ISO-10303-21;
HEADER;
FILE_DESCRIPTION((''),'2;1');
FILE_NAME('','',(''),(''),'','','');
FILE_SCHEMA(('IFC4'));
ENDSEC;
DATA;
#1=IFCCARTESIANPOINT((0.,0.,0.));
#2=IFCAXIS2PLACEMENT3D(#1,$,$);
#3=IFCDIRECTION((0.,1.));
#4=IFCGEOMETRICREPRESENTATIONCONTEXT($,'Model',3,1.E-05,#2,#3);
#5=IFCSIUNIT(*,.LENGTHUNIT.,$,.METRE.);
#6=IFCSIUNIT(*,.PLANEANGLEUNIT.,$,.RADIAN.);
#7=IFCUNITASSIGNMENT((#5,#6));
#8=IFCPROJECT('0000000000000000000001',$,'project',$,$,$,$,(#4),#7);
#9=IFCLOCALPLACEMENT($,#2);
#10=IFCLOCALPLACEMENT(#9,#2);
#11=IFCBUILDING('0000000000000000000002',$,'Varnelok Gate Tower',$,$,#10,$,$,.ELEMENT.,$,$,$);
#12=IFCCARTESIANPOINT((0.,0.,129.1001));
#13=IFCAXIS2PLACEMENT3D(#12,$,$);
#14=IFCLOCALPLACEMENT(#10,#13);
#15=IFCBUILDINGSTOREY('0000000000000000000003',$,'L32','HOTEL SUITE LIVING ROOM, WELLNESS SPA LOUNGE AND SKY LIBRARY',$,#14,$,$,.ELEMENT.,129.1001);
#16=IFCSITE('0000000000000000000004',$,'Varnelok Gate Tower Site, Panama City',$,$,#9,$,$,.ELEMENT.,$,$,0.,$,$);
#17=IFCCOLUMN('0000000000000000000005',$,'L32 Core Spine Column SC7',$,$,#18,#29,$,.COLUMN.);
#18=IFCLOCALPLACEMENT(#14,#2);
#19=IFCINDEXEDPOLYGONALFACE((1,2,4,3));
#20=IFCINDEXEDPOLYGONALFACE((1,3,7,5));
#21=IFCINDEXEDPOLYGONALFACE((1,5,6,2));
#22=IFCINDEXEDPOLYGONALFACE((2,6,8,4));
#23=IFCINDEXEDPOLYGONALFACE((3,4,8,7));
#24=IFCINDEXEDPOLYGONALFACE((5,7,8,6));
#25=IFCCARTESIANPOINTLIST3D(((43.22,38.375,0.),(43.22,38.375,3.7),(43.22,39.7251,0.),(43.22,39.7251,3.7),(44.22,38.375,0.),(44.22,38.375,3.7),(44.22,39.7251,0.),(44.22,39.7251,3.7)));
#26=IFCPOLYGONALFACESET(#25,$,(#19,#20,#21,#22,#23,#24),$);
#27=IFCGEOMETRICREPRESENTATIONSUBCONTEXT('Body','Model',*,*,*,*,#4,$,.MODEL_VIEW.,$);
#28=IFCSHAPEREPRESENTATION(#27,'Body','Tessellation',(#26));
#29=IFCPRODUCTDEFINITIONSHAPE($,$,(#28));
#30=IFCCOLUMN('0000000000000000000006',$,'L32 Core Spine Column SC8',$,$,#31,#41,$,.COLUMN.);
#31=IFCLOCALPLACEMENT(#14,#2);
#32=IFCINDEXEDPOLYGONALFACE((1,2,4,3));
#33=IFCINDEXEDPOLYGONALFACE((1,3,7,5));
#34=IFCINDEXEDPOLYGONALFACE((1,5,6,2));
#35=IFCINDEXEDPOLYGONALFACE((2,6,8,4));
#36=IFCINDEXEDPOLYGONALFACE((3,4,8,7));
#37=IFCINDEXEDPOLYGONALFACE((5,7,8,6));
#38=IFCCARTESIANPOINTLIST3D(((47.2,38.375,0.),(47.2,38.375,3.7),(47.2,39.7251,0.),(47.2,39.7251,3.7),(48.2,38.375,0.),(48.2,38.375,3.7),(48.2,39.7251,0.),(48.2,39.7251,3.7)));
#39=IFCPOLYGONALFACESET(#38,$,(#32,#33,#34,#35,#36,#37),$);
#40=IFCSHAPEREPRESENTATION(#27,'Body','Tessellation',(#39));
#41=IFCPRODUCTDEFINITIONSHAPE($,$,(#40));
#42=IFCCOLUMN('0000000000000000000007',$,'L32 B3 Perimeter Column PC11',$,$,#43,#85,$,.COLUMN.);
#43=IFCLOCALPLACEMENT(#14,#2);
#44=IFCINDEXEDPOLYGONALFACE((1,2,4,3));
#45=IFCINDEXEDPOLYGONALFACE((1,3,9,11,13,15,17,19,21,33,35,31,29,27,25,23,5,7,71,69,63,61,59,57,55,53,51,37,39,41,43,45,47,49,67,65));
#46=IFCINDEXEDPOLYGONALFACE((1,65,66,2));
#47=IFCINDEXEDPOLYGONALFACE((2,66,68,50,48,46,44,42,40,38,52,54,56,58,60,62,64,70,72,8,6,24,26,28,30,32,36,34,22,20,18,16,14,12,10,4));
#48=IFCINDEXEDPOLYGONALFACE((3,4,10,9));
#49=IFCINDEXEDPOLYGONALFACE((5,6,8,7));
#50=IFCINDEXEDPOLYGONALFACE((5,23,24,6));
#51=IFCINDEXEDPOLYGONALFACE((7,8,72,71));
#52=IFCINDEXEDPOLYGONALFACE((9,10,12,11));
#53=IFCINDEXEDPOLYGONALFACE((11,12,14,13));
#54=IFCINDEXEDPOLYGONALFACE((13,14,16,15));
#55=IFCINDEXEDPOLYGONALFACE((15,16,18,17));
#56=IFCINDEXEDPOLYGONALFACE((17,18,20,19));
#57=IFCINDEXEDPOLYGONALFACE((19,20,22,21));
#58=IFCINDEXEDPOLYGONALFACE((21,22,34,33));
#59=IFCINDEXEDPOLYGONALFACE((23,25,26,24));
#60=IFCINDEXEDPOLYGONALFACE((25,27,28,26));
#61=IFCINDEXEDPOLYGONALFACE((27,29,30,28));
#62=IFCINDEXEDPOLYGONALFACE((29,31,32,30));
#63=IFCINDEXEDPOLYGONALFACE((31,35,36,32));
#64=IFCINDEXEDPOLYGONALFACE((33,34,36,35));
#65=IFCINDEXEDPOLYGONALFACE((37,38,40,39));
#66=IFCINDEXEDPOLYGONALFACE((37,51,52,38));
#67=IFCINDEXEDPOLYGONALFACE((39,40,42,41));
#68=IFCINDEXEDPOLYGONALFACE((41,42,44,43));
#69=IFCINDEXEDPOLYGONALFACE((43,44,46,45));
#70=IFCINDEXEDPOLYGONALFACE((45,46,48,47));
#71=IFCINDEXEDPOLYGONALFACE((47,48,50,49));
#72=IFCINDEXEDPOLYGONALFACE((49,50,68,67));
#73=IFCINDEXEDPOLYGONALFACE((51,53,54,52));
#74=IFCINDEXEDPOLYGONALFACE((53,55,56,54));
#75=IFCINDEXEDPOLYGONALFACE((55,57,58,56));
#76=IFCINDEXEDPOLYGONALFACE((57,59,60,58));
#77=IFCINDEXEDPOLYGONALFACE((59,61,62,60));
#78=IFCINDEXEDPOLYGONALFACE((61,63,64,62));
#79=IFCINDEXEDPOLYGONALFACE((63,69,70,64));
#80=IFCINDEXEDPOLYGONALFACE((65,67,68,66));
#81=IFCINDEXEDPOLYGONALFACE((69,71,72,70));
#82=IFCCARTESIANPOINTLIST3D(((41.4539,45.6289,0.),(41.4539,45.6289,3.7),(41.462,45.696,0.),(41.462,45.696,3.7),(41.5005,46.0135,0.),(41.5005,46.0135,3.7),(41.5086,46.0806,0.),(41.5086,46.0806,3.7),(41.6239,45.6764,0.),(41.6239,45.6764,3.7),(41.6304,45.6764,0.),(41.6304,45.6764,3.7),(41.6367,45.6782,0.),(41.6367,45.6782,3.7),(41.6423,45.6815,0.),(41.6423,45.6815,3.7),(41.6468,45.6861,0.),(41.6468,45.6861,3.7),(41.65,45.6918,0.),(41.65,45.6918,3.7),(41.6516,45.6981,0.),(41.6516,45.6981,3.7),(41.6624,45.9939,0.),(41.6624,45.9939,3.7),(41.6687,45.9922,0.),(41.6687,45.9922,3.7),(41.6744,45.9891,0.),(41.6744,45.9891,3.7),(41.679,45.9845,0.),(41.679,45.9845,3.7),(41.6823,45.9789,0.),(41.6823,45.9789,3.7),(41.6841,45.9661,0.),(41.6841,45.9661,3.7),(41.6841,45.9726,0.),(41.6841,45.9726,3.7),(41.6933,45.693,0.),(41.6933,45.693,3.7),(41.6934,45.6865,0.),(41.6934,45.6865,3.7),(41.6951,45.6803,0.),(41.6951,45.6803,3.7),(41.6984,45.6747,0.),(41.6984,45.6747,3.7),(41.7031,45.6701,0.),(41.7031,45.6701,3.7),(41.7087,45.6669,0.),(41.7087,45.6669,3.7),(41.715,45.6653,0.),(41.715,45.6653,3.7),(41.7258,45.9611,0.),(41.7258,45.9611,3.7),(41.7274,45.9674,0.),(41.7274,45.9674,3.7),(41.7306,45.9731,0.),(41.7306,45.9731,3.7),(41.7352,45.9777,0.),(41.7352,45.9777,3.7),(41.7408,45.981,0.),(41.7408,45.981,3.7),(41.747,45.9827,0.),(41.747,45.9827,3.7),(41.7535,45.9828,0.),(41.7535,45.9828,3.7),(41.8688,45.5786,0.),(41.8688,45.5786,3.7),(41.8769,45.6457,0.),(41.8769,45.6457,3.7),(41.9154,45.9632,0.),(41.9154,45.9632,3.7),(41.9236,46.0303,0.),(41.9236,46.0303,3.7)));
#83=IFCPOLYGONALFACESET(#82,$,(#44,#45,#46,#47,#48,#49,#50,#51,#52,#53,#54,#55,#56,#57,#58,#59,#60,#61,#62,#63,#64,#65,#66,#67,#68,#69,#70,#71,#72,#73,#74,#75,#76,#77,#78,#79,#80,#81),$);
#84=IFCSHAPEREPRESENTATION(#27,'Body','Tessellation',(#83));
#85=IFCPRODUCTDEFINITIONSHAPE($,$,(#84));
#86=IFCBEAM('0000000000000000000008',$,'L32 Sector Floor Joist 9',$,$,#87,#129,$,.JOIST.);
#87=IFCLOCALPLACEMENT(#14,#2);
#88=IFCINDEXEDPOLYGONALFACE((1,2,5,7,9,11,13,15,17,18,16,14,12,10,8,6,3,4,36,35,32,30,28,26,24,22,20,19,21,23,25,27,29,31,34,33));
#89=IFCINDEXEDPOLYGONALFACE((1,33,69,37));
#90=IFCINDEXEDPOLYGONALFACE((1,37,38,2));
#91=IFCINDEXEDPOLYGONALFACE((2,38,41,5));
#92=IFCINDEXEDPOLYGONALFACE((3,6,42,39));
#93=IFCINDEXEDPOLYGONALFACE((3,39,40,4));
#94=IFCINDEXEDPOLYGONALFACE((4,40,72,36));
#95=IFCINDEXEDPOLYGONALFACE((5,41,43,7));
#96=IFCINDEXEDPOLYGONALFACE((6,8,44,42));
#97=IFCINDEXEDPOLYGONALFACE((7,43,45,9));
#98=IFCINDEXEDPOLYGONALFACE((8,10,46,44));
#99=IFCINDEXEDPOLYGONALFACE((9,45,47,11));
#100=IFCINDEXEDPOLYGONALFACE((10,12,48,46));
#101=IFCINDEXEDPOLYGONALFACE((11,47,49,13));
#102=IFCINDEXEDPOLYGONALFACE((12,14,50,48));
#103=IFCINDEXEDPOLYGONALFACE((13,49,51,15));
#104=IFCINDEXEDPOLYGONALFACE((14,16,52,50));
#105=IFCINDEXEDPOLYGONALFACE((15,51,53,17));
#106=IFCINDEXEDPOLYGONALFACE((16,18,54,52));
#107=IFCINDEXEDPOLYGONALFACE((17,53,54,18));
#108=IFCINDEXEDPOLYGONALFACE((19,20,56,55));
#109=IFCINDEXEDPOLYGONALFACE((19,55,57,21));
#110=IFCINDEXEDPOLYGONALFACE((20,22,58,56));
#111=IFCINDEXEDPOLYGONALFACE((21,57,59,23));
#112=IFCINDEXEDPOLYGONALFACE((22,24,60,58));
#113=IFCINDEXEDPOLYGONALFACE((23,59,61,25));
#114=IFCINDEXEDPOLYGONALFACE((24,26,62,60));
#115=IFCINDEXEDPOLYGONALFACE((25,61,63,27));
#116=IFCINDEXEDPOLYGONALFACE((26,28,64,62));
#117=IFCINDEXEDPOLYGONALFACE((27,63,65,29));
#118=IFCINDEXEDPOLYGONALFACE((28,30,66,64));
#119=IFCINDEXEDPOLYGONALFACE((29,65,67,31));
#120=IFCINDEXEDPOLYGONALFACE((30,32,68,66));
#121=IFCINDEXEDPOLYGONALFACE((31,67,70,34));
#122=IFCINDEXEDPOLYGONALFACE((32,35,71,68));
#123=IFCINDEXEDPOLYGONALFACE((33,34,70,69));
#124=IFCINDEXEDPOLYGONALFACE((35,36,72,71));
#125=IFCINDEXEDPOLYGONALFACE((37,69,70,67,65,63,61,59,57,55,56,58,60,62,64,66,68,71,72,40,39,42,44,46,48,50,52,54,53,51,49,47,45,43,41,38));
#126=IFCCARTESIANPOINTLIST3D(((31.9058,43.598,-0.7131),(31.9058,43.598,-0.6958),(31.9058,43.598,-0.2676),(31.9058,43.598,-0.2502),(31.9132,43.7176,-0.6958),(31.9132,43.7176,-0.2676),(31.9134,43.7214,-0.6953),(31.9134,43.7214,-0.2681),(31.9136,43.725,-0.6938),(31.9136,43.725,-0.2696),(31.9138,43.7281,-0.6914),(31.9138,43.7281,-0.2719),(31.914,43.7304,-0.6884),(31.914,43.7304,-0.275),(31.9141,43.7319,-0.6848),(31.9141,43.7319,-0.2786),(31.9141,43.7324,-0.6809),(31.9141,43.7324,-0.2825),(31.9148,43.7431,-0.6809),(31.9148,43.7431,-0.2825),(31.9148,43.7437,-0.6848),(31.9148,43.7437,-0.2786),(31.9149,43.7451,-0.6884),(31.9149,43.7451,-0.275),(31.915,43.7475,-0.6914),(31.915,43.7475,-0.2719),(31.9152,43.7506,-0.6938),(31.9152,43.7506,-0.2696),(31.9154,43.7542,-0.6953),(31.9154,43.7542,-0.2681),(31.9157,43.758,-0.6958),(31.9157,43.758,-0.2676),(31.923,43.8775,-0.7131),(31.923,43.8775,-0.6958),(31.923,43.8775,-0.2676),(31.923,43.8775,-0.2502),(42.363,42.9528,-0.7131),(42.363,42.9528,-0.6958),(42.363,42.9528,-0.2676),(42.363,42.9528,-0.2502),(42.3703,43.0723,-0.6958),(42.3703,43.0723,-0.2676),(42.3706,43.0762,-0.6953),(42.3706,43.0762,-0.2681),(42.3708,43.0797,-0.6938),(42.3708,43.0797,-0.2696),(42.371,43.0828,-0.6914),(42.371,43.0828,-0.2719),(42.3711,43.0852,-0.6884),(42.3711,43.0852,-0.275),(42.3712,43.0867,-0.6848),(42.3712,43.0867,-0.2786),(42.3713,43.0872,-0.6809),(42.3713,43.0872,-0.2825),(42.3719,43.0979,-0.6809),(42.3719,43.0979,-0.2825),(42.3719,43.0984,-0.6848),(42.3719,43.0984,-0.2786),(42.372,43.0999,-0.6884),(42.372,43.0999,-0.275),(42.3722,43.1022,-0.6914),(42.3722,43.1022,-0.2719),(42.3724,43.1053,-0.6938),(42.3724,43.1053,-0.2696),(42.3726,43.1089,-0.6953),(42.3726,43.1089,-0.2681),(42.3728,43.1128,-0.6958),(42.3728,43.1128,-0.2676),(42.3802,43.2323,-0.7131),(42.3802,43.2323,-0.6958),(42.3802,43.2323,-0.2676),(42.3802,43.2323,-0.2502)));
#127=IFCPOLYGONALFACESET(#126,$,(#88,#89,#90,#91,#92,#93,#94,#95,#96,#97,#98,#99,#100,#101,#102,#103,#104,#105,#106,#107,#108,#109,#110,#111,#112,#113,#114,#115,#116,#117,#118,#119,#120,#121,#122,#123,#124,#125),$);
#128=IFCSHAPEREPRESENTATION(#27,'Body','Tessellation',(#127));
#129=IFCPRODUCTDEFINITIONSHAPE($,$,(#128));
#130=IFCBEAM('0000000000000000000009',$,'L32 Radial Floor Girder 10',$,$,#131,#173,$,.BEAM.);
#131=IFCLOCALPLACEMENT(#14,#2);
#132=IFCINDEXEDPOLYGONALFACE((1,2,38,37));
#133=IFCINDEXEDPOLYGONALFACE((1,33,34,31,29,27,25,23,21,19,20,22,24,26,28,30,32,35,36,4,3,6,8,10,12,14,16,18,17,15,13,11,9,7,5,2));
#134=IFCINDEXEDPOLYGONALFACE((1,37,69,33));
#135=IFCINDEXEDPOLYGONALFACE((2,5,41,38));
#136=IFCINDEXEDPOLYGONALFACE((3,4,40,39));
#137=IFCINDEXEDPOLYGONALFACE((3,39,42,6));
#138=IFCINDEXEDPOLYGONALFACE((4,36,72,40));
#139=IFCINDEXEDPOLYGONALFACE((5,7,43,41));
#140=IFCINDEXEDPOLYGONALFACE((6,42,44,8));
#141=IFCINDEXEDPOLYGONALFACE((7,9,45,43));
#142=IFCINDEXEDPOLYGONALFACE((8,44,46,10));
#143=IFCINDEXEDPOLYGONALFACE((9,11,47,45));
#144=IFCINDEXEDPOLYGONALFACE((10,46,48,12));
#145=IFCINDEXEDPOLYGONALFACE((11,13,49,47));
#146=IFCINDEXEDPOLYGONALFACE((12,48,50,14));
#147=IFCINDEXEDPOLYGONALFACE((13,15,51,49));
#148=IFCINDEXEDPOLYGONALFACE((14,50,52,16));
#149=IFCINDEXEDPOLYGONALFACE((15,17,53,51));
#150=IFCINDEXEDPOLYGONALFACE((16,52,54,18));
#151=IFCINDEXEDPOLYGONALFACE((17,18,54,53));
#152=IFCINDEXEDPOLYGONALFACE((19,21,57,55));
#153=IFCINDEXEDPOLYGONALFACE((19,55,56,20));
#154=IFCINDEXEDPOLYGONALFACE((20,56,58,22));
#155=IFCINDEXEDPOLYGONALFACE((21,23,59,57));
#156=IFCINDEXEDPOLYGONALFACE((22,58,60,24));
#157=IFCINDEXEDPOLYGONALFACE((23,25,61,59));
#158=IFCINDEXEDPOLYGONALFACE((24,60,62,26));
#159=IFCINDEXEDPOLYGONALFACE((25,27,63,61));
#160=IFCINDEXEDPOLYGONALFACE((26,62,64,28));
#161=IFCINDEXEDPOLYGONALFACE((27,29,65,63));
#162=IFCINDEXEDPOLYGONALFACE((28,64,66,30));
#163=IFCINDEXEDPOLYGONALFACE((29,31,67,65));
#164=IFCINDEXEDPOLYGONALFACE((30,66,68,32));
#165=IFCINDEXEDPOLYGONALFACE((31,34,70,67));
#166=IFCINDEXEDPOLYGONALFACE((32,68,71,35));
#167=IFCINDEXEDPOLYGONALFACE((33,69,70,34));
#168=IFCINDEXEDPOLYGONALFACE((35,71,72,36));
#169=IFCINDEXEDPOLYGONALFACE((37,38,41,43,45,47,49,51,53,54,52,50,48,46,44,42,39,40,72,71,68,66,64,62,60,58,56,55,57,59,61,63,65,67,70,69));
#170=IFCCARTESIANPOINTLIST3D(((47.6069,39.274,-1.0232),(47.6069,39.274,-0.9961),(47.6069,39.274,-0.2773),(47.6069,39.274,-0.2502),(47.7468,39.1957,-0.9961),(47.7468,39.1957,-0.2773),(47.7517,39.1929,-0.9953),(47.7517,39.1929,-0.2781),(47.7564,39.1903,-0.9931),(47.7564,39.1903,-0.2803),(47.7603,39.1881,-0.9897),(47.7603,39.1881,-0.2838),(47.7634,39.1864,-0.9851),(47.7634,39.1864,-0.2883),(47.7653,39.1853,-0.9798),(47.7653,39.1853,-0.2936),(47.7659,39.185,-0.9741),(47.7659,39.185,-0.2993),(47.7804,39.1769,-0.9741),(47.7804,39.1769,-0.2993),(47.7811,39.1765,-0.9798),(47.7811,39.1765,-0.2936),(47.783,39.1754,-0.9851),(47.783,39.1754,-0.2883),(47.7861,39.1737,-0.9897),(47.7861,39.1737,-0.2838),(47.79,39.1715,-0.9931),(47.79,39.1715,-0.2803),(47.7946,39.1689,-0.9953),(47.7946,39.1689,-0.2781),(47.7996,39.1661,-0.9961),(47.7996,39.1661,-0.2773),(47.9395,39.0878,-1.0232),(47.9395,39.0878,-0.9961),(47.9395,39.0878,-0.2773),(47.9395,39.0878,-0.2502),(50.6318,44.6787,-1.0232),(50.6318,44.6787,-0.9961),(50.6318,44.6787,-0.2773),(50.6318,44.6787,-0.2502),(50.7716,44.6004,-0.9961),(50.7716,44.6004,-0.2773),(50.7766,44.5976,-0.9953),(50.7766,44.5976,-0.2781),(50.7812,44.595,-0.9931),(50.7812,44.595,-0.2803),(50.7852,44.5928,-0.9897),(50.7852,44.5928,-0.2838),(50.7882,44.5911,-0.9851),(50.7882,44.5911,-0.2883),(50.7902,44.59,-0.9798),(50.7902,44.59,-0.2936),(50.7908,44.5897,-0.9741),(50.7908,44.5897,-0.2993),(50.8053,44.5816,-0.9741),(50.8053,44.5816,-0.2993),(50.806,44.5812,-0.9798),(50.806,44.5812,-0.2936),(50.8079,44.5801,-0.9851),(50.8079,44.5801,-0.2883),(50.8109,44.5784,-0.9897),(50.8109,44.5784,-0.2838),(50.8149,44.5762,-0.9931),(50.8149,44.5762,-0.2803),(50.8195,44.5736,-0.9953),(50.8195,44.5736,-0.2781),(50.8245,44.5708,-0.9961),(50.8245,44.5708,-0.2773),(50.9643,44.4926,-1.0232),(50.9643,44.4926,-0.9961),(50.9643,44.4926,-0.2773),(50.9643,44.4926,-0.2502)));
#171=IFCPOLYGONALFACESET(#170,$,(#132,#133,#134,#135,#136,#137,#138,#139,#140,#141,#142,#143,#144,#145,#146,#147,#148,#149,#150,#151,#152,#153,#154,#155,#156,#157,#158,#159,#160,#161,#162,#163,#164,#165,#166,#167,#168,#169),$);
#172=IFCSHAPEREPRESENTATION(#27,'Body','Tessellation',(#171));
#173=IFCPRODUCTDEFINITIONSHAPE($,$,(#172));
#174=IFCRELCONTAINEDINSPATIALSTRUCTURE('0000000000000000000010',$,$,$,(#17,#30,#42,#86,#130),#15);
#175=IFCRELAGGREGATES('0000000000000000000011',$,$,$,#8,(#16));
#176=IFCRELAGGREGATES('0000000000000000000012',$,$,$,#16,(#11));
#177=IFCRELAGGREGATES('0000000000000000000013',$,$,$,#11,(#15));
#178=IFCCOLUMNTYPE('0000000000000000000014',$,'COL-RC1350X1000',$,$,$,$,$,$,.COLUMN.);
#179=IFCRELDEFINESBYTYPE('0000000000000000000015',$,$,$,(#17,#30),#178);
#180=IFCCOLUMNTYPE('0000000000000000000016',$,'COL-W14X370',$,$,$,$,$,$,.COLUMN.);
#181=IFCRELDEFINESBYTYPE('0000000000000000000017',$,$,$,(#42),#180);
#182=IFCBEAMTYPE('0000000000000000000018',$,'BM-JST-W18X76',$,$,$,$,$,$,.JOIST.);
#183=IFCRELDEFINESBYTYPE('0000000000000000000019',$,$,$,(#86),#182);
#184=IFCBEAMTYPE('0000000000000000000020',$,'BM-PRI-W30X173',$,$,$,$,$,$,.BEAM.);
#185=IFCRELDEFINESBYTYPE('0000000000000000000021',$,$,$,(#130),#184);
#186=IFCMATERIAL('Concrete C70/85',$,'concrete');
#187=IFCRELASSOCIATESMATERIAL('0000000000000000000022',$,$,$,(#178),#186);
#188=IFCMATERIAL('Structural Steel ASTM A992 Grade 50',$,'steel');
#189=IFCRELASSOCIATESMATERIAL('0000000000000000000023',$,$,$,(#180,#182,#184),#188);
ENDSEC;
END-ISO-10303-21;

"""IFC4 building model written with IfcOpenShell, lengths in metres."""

from ifc_helpers import new_model, si_unit, direction, frame, origin, origin_2d, place, context, subcontext, project, spatial, rectangle, i_section, extrude, material, material_profile, profile_set, type_object, element, save


model = new_model("IFC4")

# Units and contexts
model_context = context("Model", 3, precision=1e-05, world=origin(), true_north=direction((0.0, 1.0)))
body_context = subcontext(model_context, "Body", "Model", "MODEL_VIEW")
ifc_project = project(units=[si_unit("LENGTHUNIT", "METRE"), si_unit("PLANEANGLEUNIT", "RADIAN")], contexts=[model_context])

# Site, building, storey
site_placement = place(None, origin())
site = spatial("IfcSite", under=ifc_project, at=site_placement, Name="Varnelok Gate Tower Site, Panama City", CompositionType="ELEMENT", RefElevation=0.0)
building_placement = place(site_placement, origin())
building = spatial("IfcBuilding", under=site, at=building_placement, Name="Varnelok Gate Tower", CompositionType="ELEMENT")
storey_placement = place(building_placement, frame((0.0, 0.0, 129.1001)))
storey = spatial("IfcBuildingStorey", under=building, at=storey_placement, Name="L32", Description="HOTEL SUITE LIVING ROOM, WELLNESS SPA LOUNGE AND SKY LIBRARY", CompositionType="ELEMENT", Elevation=129.1001)

# Columns
ifc_material_1 = material(Name="Concrete C70/85", Category="concrete")
ifc_material_profile_1 = material_profile(ifc_material_1, rectangle(XDim=1.0, YDim=1.3501, at=origin_2d()), Name="RC1350X1000")
ifc_profile_set_1 = profile_set([ifc_material_profile_1], Name="Concrete C70/85")
column_type_1 = type_object("IfcColumnType", Name="COL-RC1350X1000", PredefinedType="COLUMN", material=ifc_profile_set_1)
for number, where, z_axis, x_axis, name in (
    (1, (43.72, 39.05, 0.0), (0.0, 0.0, 1.0), (1.0, 0.0, 0.0), "L32 Core Spine Column SC7"),
    (2, (47.7, 39.05, 0.0), (0.0, 0.0, 1.0), (1.0, 0.0, 0.0), "L32 Core Spine Column SC8"),
):
    element("IfcColumn", number, at=place(storey_placement, frame(where, z_axis=z_axis, x_axis=x_axis)), inside=storey, type_object=column_type_1, Name=name, PredefinedType="COLUMN", context=body_context, shape_type="SweptSolid", body=[
        extrude(rectangle(XDim=1.0, YDim=1.3501, at=origin_2d()), origin(), (0.0, 0.0, 1.0), 3.7),
    ])
ifc_material_2 = material(Name="Structural Steel ASTM A992 Grade 50", Category="steel")
ifc_material_profile_2 = material_profile(ifc_material_2, i_section(OverallWidth=0.418, OverallDepth=0.4551, WebThickness=0.042, FlangeThickness=0.0676, FilletRadius=0.0249, at=origin_2d()), Name="W14X370")
ifc_profile_set_2 = profile_set([ifc_material_profile_2], Name="Structural Steel ASTM A992 Grade 50")
column_type_2 = type_object("IfcColumnType", Name="COL-W14X370", PredefinedType="COLUMN", material=ifc_profile_set_2)
column_placement = place(storey_placement, frame((41.6887, 45.8296, 0.0), z_axis=(0.0, 0.0, 1.0), x_axis=(0.992732, -0.120345, 0.0)))
element("IfcColumn", 3, at=column_placement, inside=storey, type_object=column_type_2, Name="L32 B3 Perimeter Column PC11", PredefinedType="COLUMN", context=body_context, shape_type="SweptSolid", body=[
    extrude(i_section(OverallWidth=0.418, OverallDepth=0.4551, WebThickness=0.042, FlangeThickness=0.0676, FilletRadius=0.0249, at=origin_2d()), origin(), (0.0, 0.0, 1.0), 3.7),
])

# Beams
ifc_material_profile_3 = material_profile(ifc_material_2, i_section(OverallWidth=0.28, OverallDepth=0.4629, WebThickness=0.0107, FlangeThickness=0.0173, FilletRadius=0.0149, at=origin_2d()), Name="W18X76")
ifc_profile_set_3 = profile_set([ifc_material_profile_3], Name="Structural Steel ASTM A992 Grade 50")
beam_type_1 = type_object("IfcBeamType", Name="BM-JST-W18X76", PredefinedType="JOIST", material=ifc_profile_set_3)
beam_1_placement = place(storey_placement, frame((42.3716, 43.0925, -0.4817), z_axis=(-0.998102, 0.061588, 0.0), x_axis=(-0.061588, -0.998102, 0.0)))
element("IfcBeam", 4, at=beam_1_placement, inside=storey, type_object=beam_type_1, Name="L32 Sector Floor Joist 9", PredefinedType="JOIST", context=body_context, shape_type="SweptSolid", body=[
    extrude(i_section(OverallWidth=0.28, OverallDepth=0.4629, WebThickness=0.0107, FlangeThickness=0.0173, FilletRadius=0.0149, at=origin_2d()), origin(), (0.0, 0.0, 1.0), 10.4771),
])
ifc_material_profile_4 = material_profile(ifc_material_2, i_section(OverallWidth=0.3811, OverallDepth=0.7729, WebThickness=0.0166, FlangeThickness=0.0271, FilletRadius=0.022, at=origin_2d()), Name="W30X173")
ifc_profile_set_4 = profile_set([ifc_material_profile_4], Name="Structural Steel ASTM A992 Grade 50")
beam_type_2 = type_object("IfcBeamType", Name="BM-PRI-W30X173", PredefinedType="BEAM", material=ifc_profile_set_4)
beam_2_placement = place(storey_placement, frame((47.7732, 39.1809, -0.6367), z_axis=(0.488385, 0.872628, 0.0), x_axis=(-0.872628, 0.488385, 0.0)))
element("IfcBeam", 5, at=beam_2_placement, inside=storey, type_object=beam_type_2, Name="L32 Radial Floor Girder 10", PredefinedType="BEAM", context=body_context, shape_type="SweptSolid", body=[
    extrude(i_section(OverallWidth=0.3811, OverallDepth=0.7729, WebThickness=0.0166, FlangeThickness=0.0271, FilletRadius=0.022, at=origin_2d()), origin(), (0.0, 0.0, 1.0), 6.1936),
])

save(model, "model.ifc")
